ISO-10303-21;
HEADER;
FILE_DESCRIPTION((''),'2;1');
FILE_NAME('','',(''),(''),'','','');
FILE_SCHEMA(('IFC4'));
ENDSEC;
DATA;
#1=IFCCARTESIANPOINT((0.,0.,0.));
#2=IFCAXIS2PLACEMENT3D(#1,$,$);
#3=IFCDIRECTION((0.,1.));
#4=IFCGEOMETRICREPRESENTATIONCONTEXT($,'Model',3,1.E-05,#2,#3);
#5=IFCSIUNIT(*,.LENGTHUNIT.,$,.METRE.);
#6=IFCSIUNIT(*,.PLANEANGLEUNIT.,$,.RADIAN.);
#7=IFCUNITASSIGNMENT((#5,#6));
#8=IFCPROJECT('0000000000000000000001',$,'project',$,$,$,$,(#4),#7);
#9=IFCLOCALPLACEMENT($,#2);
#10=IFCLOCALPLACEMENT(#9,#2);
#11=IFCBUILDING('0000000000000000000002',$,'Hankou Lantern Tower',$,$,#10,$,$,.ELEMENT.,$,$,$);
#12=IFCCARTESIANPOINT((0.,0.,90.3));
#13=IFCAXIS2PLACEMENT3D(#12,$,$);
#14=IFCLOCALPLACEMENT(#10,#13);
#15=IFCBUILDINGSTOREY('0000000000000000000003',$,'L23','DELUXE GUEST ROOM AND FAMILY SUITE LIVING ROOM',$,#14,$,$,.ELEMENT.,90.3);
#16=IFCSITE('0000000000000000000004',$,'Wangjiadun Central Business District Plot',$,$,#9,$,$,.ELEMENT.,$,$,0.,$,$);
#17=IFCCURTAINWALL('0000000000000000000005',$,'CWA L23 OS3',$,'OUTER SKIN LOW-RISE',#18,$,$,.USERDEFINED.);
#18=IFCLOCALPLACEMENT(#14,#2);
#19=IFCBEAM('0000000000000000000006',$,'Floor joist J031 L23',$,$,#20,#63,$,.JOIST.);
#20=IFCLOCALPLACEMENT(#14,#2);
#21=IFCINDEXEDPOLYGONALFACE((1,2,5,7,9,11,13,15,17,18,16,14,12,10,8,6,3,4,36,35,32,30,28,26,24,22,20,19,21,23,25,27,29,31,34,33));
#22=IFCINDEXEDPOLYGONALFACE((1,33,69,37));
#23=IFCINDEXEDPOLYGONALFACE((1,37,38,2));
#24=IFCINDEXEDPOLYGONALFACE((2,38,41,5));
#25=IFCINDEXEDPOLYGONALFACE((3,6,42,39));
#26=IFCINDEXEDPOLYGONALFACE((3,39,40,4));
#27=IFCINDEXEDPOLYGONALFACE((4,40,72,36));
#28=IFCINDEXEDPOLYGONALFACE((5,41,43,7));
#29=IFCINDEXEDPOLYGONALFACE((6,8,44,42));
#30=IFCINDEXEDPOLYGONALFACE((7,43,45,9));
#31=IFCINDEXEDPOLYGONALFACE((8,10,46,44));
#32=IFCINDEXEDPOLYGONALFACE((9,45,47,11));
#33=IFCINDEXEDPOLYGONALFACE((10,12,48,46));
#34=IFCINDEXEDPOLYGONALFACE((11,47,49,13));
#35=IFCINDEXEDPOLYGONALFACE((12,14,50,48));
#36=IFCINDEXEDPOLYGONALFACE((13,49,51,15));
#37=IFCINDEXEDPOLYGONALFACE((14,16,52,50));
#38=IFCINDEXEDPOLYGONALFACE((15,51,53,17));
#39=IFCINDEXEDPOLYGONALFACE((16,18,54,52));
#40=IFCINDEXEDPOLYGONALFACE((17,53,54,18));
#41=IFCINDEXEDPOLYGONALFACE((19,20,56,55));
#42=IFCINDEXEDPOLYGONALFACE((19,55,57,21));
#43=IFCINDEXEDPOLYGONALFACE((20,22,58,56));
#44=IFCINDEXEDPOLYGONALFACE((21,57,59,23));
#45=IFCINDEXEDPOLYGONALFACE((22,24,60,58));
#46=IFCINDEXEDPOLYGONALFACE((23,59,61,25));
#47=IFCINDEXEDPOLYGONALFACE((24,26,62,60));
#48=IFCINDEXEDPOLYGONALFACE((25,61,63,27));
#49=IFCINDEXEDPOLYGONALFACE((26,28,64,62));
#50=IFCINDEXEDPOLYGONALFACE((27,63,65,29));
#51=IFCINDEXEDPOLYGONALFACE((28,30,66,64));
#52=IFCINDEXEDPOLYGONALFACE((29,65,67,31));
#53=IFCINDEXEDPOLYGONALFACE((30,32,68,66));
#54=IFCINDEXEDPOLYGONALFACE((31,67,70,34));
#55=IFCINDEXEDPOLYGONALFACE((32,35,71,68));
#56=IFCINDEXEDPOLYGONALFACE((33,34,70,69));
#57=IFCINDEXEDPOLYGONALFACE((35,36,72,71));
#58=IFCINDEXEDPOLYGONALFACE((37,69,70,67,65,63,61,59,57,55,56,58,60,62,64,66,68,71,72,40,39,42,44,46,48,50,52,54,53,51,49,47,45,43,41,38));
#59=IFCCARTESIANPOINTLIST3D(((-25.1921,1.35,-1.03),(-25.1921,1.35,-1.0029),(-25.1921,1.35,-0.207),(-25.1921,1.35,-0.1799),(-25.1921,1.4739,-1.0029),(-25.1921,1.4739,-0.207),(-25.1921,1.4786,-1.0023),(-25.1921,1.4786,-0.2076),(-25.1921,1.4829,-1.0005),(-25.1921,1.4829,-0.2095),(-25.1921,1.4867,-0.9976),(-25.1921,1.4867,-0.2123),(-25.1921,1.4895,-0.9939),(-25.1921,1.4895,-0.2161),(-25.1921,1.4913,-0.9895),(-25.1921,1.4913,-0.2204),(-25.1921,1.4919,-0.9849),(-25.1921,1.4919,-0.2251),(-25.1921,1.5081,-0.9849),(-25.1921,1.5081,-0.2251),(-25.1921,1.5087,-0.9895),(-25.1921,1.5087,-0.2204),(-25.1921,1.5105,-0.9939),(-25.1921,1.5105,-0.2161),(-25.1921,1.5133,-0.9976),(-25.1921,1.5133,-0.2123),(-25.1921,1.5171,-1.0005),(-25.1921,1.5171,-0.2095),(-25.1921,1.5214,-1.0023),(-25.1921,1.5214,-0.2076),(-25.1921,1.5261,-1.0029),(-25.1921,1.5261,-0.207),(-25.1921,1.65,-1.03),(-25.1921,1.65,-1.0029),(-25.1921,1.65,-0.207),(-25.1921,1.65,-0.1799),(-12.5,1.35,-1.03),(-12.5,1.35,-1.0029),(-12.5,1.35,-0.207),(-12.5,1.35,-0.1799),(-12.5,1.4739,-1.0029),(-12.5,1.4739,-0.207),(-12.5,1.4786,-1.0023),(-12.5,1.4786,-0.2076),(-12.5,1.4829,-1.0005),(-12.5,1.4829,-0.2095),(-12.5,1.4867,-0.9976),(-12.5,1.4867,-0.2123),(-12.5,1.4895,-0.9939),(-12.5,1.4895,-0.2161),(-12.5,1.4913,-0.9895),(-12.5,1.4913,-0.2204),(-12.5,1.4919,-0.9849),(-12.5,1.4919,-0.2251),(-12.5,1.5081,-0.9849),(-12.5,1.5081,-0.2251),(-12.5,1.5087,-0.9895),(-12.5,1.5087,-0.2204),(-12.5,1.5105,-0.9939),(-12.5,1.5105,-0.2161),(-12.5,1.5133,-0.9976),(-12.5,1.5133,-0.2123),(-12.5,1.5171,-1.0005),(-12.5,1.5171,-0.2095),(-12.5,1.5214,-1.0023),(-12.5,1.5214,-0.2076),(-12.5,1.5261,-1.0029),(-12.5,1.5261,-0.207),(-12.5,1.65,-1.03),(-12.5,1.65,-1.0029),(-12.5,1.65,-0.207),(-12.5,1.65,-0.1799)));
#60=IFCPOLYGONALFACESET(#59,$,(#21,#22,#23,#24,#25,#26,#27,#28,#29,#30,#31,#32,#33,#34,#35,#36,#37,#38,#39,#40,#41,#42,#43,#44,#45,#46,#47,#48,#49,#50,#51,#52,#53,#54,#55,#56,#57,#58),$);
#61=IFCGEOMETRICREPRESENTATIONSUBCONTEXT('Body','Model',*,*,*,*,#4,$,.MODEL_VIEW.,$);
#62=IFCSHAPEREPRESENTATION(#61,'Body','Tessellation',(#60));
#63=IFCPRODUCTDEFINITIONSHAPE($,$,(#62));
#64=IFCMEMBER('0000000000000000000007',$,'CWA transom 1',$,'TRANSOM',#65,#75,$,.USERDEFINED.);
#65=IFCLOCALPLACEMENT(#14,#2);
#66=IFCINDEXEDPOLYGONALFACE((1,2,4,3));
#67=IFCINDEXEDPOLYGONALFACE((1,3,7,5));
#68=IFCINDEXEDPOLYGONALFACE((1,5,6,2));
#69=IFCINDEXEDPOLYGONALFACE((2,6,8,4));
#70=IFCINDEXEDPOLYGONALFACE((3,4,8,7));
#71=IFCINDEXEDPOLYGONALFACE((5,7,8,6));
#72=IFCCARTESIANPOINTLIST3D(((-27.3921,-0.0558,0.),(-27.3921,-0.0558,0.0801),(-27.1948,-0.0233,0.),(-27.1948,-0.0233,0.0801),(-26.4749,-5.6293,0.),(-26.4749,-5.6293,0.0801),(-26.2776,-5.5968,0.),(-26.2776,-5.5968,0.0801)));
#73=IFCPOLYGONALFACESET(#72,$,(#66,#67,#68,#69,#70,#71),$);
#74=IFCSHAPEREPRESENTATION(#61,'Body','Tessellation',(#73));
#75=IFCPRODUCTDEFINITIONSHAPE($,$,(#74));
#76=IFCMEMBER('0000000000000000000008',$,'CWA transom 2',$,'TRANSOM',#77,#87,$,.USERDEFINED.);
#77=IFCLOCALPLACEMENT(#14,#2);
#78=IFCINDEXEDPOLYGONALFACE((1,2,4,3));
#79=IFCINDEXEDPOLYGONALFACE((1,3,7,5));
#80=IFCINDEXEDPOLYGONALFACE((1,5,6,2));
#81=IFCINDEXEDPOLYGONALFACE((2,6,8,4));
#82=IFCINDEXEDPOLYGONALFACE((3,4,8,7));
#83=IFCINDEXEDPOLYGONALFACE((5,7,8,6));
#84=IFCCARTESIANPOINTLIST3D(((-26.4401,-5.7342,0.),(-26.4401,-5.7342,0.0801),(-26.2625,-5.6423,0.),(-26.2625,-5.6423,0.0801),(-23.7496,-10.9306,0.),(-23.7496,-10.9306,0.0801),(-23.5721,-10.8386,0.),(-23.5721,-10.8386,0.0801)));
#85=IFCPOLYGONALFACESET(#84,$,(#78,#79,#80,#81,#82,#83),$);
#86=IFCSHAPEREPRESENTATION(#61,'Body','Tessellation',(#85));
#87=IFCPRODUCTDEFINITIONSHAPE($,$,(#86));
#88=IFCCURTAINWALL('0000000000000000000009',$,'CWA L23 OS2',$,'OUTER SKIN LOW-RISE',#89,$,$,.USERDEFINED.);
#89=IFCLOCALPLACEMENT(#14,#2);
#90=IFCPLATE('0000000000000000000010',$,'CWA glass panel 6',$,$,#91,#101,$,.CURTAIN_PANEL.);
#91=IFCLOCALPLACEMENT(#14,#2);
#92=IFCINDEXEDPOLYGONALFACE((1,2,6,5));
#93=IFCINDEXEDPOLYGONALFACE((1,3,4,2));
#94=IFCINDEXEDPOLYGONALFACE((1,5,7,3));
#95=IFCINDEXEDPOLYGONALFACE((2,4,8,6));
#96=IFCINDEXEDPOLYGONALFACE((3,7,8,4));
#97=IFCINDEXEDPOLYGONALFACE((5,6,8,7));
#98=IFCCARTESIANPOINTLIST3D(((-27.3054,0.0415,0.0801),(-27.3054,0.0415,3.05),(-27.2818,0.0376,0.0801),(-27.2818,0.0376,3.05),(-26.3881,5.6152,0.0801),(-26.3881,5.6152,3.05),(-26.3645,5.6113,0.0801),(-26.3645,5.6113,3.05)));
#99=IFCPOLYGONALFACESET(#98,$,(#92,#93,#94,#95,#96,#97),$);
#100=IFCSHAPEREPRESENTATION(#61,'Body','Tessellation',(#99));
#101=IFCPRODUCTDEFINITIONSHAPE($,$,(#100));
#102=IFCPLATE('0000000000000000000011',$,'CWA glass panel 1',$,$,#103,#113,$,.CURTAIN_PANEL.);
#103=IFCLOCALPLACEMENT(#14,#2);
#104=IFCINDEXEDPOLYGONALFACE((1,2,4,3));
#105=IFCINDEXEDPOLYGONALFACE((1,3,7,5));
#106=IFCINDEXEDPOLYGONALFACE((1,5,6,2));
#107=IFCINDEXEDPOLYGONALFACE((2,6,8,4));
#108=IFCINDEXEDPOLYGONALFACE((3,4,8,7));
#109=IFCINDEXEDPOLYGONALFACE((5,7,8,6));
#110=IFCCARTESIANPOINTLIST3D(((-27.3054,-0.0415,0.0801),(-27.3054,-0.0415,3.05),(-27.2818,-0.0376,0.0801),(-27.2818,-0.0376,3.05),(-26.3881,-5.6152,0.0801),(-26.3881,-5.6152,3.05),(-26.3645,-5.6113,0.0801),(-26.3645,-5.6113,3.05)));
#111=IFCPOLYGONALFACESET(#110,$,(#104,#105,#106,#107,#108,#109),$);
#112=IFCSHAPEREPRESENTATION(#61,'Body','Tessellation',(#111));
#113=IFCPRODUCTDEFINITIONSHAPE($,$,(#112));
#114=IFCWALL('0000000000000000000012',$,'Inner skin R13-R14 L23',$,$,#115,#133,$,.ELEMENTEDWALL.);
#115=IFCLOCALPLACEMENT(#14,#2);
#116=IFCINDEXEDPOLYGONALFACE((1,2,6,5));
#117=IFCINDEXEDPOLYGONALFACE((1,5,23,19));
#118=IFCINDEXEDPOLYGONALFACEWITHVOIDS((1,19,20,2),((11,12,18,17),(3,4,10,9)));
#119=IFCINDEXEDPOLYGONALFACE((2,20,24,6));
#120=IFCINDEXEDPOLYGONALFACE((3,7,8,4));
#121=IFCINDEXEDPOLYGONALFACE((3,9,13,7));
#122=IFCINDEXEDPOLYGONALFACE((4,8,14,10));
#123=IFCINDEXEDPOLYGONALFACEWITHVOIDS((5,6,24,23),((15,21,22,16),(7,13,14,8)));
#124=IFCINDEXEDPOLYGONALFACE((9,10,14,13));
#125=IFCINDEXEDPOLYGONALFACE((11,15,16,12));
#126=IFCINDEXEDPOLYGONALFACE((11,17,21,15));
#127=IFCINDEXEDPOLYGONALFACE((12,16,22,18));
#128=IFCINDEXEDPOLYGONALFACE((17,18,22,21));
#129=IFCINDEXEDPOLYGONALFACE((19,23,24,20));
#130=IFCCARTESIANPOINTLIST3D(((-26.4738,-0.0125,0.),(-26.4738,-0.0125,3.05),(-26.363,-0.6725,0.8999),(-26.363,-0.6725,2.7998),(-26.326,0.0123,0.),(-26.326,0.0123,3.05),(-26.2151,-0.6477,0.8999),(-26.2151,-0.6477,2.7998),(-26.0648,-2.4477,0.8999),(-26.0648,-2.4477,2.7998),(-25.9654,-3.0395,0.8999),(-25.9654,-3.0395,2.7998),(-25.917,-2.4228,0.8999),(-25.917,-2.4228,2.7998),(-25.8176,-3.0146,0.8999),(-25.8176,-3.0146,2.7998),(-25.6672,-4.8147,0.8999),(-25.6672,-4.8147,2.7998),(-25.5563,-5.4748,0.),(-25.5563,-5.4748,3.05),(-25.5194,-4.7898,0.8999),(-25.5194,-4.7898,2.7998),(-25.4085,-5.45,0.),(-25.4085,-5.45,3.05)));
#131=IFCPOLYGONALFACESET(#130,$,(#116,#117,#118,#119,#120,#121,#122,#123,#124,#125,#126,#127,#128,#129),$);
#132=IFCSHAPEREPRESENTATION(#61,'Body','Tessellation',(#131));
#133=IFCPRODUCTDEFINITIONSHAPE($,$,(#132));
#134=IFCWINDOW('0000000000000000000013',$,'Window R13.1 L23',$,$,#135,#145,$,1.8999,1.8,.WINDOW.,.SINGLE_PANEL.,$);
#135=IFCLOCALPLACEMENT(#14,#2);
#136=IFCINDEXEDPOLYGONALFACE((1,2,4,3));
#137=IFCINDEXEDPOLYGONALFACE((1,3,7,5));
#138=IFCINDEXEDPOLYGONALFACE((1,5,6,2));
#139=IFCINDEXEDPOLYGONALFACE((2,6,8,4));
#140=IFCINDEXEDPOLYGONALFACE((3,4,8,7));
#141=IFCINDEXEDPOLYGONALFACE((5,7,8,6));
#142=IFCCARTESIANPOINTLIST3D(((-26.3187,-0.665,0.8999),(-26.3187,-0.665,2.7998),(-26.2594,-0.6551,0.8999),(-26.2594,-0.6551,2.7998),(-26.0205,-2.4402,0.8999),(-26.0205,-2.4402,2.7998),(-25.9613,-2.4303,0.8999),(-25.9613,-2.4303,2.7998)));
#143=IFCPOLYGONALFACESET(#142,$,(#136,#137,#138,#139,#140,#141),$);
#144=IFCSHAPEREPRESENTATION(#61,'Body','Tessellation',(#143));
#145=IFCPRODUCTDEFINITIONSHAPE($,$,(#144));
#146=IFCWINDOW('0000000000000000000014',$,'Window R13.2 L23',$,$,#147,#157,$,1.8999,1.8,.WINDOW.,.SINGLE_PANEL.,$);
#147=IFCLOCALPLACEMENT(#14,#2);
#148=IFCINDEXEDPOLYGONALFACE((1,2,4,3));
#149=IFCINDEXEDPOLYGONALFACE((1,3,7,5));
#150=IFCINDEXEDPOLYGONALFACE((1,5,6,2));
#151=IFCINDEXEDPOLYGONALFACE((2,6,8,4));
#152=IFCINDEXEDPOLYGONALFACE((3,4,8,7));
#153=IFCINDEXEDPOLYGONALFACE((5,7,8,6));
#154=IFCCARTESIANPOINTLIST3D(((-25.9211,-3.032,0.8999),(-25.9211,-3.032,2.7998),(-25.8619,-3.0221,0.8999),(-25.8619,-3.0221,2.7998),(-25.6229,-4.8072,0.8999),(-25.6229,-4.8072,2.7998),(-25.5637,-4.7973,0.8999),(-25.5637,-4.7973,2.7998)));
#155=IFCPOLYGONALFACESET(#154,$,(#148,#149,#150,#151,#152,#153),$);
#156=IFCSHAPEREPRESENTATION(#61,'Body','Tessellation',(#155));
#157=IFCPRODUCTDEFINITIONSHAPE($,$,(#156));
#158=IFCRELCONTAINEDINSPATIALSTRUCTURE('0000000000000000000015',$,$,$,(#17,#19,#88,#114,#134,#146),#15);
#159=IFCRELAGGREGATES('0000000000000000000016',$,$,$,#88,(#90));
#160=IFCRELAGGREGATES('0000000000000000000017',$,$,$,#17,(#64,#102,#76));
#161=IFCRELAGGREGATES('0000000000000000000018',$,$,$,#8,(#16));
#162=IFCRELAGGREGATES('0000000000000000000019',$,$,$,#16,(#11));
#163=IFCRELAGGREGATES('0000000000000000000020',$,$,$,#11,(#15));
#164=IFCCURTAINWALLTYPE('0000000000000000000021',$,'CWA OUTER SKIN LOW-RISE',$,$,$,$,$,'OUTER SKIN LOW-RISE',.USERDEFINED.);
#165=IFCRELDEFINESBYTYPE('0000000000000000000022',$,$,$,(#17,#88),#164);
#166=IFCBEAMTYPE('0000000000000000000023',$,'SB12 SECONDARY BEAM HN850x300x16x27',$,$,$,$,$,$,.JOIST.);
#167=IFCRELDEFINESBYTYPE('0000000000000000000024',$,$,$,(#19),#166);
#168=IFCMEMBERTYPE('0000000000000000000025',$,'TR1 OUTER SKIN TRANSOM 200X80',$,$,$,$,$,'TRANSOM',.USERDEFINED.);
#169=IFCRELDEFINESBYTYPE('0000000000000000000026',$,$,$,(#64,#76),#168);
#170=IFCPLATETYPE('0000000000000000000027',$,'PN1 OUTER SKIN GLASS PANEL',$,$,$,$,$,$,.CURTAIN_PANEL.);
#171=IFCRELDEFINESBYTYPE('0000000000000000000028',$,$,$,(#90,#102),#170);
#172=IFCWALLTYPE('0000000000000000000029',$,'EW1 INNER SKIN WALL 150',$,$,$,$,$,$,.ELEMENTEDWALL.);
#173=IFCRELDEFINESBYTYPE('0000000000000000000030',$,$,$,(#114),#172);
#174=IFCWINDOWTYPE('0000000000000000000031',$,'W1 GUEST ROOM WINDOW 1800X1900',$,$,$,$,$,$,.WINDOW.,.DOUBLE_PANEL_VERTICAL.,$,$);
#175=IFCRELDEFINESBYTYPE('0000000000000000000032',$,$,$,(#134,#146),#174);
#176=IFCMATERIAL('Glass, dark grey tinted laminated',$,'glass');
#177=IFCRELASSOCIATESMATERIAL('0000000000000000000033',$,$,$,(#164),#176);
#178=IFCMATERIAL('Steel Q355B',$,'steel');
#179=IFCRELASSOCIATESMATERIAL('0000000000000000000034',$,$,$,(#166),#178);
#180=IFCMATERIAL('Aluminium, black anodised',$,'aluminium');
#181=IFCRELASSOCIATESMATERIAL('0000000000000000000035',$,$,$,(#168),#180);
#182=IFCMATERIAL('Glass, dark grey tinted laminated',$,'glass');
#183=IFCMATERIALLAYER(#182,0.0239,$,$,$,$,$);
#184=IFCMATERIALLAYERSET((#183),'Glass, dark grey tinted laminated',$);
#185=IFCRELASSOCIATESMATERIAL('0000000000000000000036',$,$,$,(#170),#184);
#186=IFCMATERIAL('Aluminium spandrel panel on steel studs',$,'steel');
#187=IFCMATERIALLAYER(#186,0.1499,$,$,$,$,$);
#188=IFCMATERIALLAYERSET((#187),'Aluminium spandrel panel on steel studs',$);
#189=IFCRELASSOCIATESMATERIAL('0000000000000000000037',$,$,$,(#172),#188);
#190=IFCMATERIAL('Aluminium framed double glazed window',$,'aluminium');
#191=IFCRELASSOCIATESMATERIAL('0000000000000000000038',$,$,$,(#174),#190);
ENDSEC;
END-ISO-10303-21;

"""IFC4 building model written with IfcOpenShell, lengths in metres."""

from ifc_helpers import new_model, si_unit, direction, frame, frame_2d, origin, origin_2d, place, context, subcontext, project, spatial, rectangle, i_section, extrude, material, layer, layer_set, material_profile, profile_set, type_object, element, fill, aggregate, save


model = new_model("IFC4")

# Units and contexts
model_context = context("Model", 3, precision=1e-05, world=origin(), true_north=direction((0.0, 1.0)))
body_context = subcontext(model_context, "Body", "Model", "MODEL_VIEW")
ifc_project = project(units=[si_unit("LENGTHUNIT", "METRE"), si_unit("PLANEANGLEUNIT", "RADIAN")], contexts=[model_context])

# Site, building, storey
site_placement = place(None, origin())
site = spatial("IfcSite", under=ifc_project, at=site_placement, Name="Wangjiadun Central Business District Plot", CompositionType="ELEMENT", RefElevation=0.0)
building_placement = place(site_placement, origin())
building = spatial("IfcBuilding", under=site, at=building_placement, Name="Hankou Lantern Tower", CompositionType="ELEMENT")
storey_placement = place(building_placement, frame((0.0, 0.0, 90.3)))
storey = spatial("IfcBuildingStorey", under=building, at=storey_placement, Name="L23", Description="DELUXE GUEST ROOM AND FAMILY SUITE LIVING ROOM", CompositionType="ELEMENT", Elevation=90.3)

# Curtain wall
ifc_material_1 = material(Name="Glass, dark grey tinted laminated", Category="glass")
curtain_wall_type = type_object("IfcCurtainWallType", Name="CWA OUTER SKIN LOW-RISE", ElementType="OUTER SKIN LOW-RISE", PredefinedType="USERDEFINED", material=ifc_material_1)
curtain_wall_1_placement = place(storey_placement, origin())
curtain_wall_1 = element("IfcCurtainWall", 1, at=curtain_wall_1_placement, inside=storey, type_object=curtain_wall_type, Name="CWA L23 OS3", ObjectType="OUTER SKIN LOW-RISE", PredefinedType="USERDEFINED")

# Beam
ifc_material_2 = material(Name="Steel Q355B", Category="steel")
ifc_material_profile_1 = material_profile(ifc_material_2, i_section(OverallWidth=0.3, OverallDepth=0.8501, WebThickness=0.0161, FlangeThickness=0.0271, FilletRadius=0.0181, at=origin_2d()), Name="HN850x300x16x27")
ifc_profile_set_1 = profile_set([ifc_material_profile_1], Name="Steel Q355B")
beam_type_1 = type_object("IfcBeamType", Name="SB12 SECONDARY BEAM HN850x300x16x27", PredefinedType="JOIST", material=ifc_profile_set_1)
for number, where, z_axis, x_axis, name in (
    (2, (-25.1921, 1.5, -0.605), (1.0, 0.0, 0.0), (0.0, 1.0, 0.0), "Floor joist J031 L23"),
):
    element("IfcBeam", number, at=place(storey_placement, frame(where, z_axis=z_axis, x_axis=x_axis)), inside=storey, type_object=beam_type_1, Name=name, PredefinedType="JOIST", context=body_context, shape_type="SweptSolid", body=[
        extrude(i_section(OverallWidth=0.3, OverallDepth=0.8501, WebThickness=0.0161, FlangeThickness=0.0271, FilletRadius=0.0181, at=origin_2d()), origin(), (0.0, 0.0, 1.0), 12.6921),
    ])

# Members
ifc_material_3 = material(Name="Aluminium, black anodised", Category="aluminium")
ifc_material_profile_2 = material_profile(ifc_material_3, rectangle(XDim=0.2, YDim=0.0801, at=origin_2d()), Name="TR1 200X80")
ifc_profile_set_2 = profile_set([ifc_material_profile_2], Name="Aluminium, black anodised")
member_type_1 = type_object("IfcMemberType", Name="TR1 OUTER SKIN TRANSOM 200X80", ElementType="TRANSOM", PredefinedType="USERDEFINED", material=ifc_profile_set_2)
member_1_placement = place(storey_placement, frame((-27.2935, -0.0396, 0.04), z_axis=(0.162387, -0.986727, 0.0), x_axis=(0.986727, 0.162387, 0.0)))
member_1 = element("IfcMember", 3, at=member_1_placement, type_object=member_type_1, Name="CWA transom 1", ObjectType="TRANSOM", PredefinedType="USERDEFINED", context=body_context, shape_type="SweptSolid", body=[
    extrude(rectangle(XDim=0.2, YDim=0.0801, at=origin_2d()), origin(), (0.0, 0.0, 1.0), 5.6484),
])
member_2_placement = place(storey_placement, frame((-26.3513, -5.6882, 0.04), z_axis=(0.459786, -0.88803, 0.0), x_axis=(0.88803, 0.459786, 0.0)))
member_2 = element("IfcMember", 4, at=member_2_placement, type_object=member_type_1, Name="CWA transom 2", ObjectType="TRANSOM", PredefinedType="USERDEFINED", context=body_context, shape_type="SweptSolid", body=[
    extrude(rectangle(XDim=0.2, YDim=0.0801, at=origin_2d()), origin(), (0.0, 0.0, 1.0), 5.8516),
])

# Curtain wall, plate
curtain_wall_2_placement = place(storey_placement, origin())
curtain_wall_2 = element("IfcCurtainWall", 5, at=curtain_wall_2_placement, inside=storey, type_object=curtain_wall_type, Name="CWA L23 OS2", ObjectType="OUTER SKIN LOW-RISE", PredefinedType="USERDEFINED")
ifc_material_4 = material(Name="Glass, dark grey tinted laminated", Category="glass")
ifc_layer_1 = layer(ifc_material_4, 0.0239)
ifc_layer_set_1 = layer_set([ifc_layer_1], Name="Glass, dark grey tinted laminated")
plate_type = type_object("IfcPlateType", Name="PN1 OUTER SKIN GLASS PANEL", PredefinedType="CURTAIN_PANEL", material=ifc_layer_set_1)
plate_1_placement = place(storey_placement, frame((-26.835, 2.8264, 0.0801), z_axis=(0.0, 0.0, 1.0), x_axis=(-0.162382, -0.986728, 0.0)))
plate_1 = element("IfcPlate", 6, at=plate_1_placement, type_object=plate_type, Name="CWA glass panel 6", PredefinedType="CURTAIN_PANEL", context=body_context, shape_type="SweptSolid", body=[
    extrude(rectangle(XDim=5.6487, YDim=0.0239, at=origin_2d()), origin(), (0.0, 0.0, 1.0), 2.97),
])
aggregate(curtain_wall_2, [plate_1])

# Plate
plate_2_placement = place(storey_placement, frame((-26.835, -2.8264, 0.0801), z_axis=(0.0, 0.0, 1.0), x_axis=(0.162382, -0.986728, 0.0)))
plate_2 = element("IfcPlate", 7, at=plate_2_placement, type_object=plate_type, Name="CWA glass panel 1", PredefinedType="CURTAIN_PANEL", context=body_context, shape_type="SweptSolid", body=[
    extrude(rectangle(XDim=5.6487, YDim=0.0239, at=origin_2d()), origin(), (0.0, 0.0, 1.0), 2.97),
])
aggregate(curtain_wall_1, [member_1, plate_2, member_2])

# Wall, openings, windows
ifc_material_5 = material(Name="Aluminium spandrel panel on steel studs", Category="steel")
ifc_layer_2 = layer(ifc_material_5, 0.1499)
ifc_layer_set_2 = layer_set([ifc_layer_2], Name="Aluminium spandrel panel on steel studs")
wall_type_1 = type_object("IfcWallType", Name="EW1 INNER SKIN WALL 150", PredefinedType="ELEMENTEDWALL", material=ifc_layer_set_2)
wall_1_placement = place(storey_placement, frame((-26.3999, 0.0, 0.0), z_axis=(0.0, 0.0, 1.0), x_axis=(0.165643, -0.986186, 0.0)))
wall_1 = element("IfcWall", 8, at=wall_1_placement, inside=storey, type_object=wall_type_1, Name="Inner skin R13-R14 L23", PredefinedType="ELEMENTEDWALL", context=body_context, shape_type="SweptSolid", body=[
    extrude(rectangle(XDim=5.5388, YDim=0.1499, at=frame_2d((2.7695, 0.0))), origin(), (0.0, 0.0, 1.0), 3.05),
])
opening_1_placement = place(wall_1_placement, frame((0.6694, 0.0, 0.8999)))
opening_1 = element("IfcOpeningElement", 9, at=opening_1_placement, cuts=wall_1, PredefinedType="OPENING", context=body_context, shape_type="SweptSolid", body=[
    extrude(rectangle(XDim=1.8, YDim=1.8999, at=frame_2d((0.8999, 0.95))), frame((0.0, 0.085, 0.0), z_axis=(0.0, -1.0, 0.0), x_axis=(1.0, 0.0, 0.0)), (0.0, 0.0, 1.0), 0.1699),
])
opening_2_placement = place(wall_1_placement, frame((3.0696, 0.0, 0.8999)))
opening_2 = element("IfcOpeningElement", 10, at=opening_2_placement, cuts=wall_1, PredefinedType="OPENING", context=body_context, shape_type="SweptSolid", body=[
    extrude(rectangle(XDim=1.8, YDim=1.8999, at=frame_2d((0.8999, 0.95))), frame((0.0, 0.085, 0.0), z_axis=(0.0, -1.0, 0.0), x_axis=(1.0, 0.0, 0.0)), (0.0, 0.0, 1.0), 0.1699),
])
ifc_material_6 = material(Name="Aluminium framed double glazed window", Category="aluminium")
window_type = type_object("IfcWindowType", Name="W1 GUEST ROOM WINDOW 1800X1900", PartitioningType="DOUBLE_PANEL_VERTICAL", PredefinedType="WINDOW", material=ifc_material_6)
window_1_placement = place(opening_1_placement, origin())
window_1 = element("IfcWindow", 11, at=window_1_placement, inside=storey, type_object=window_type, Name="Window R13.1 L23", OverallHeight=1.8999, OverallWidth=1.8, PartitioningType="SINGLE_PANEL", PredefinedType="WINDOW", context=body_context, shape_type="SweptSolid", body=[
    extrude(rectangle(XDim=1.8, YDim=1.8999, at=frame_2d((0.8999, 0.95))), frame((0.0, 0.03, 0.0), z_axis=(0.0, -1.0, 0.0), x_axis=(1.0, 0.0, 0.0)), (0.0, 0.0, 1.0), 0.0601),
])
fill(opening_1, window_1)
window_2_placement = place(opening_2_placement, origin())
window_2 = element("IfcWindow", 12, at=window_2_placement, inside=storey, type_object=window_type, Name="Window R13.2 L23", OverallHeight=1.8999, OverallWidth=1.8, PartitioningType="SINGLE_PANEL", PredefinedType="WINDOW", context=body_context, shape_type="SweptSolid", body=[
    extrude(rectangle(XDim=1.8, YDim=1.8999, at=frame_2d((0.8999, 0.95))), frame((0.0, 0.03, 0.0), z_axis=(0.0, -1.0, 0.0), x_axis=(1.0, 0.0, 0.0)), (0.0, 0.0, 1.0), 0.0601),
])
fill(opening_2, window_2)

save(model, "model.ifc")
